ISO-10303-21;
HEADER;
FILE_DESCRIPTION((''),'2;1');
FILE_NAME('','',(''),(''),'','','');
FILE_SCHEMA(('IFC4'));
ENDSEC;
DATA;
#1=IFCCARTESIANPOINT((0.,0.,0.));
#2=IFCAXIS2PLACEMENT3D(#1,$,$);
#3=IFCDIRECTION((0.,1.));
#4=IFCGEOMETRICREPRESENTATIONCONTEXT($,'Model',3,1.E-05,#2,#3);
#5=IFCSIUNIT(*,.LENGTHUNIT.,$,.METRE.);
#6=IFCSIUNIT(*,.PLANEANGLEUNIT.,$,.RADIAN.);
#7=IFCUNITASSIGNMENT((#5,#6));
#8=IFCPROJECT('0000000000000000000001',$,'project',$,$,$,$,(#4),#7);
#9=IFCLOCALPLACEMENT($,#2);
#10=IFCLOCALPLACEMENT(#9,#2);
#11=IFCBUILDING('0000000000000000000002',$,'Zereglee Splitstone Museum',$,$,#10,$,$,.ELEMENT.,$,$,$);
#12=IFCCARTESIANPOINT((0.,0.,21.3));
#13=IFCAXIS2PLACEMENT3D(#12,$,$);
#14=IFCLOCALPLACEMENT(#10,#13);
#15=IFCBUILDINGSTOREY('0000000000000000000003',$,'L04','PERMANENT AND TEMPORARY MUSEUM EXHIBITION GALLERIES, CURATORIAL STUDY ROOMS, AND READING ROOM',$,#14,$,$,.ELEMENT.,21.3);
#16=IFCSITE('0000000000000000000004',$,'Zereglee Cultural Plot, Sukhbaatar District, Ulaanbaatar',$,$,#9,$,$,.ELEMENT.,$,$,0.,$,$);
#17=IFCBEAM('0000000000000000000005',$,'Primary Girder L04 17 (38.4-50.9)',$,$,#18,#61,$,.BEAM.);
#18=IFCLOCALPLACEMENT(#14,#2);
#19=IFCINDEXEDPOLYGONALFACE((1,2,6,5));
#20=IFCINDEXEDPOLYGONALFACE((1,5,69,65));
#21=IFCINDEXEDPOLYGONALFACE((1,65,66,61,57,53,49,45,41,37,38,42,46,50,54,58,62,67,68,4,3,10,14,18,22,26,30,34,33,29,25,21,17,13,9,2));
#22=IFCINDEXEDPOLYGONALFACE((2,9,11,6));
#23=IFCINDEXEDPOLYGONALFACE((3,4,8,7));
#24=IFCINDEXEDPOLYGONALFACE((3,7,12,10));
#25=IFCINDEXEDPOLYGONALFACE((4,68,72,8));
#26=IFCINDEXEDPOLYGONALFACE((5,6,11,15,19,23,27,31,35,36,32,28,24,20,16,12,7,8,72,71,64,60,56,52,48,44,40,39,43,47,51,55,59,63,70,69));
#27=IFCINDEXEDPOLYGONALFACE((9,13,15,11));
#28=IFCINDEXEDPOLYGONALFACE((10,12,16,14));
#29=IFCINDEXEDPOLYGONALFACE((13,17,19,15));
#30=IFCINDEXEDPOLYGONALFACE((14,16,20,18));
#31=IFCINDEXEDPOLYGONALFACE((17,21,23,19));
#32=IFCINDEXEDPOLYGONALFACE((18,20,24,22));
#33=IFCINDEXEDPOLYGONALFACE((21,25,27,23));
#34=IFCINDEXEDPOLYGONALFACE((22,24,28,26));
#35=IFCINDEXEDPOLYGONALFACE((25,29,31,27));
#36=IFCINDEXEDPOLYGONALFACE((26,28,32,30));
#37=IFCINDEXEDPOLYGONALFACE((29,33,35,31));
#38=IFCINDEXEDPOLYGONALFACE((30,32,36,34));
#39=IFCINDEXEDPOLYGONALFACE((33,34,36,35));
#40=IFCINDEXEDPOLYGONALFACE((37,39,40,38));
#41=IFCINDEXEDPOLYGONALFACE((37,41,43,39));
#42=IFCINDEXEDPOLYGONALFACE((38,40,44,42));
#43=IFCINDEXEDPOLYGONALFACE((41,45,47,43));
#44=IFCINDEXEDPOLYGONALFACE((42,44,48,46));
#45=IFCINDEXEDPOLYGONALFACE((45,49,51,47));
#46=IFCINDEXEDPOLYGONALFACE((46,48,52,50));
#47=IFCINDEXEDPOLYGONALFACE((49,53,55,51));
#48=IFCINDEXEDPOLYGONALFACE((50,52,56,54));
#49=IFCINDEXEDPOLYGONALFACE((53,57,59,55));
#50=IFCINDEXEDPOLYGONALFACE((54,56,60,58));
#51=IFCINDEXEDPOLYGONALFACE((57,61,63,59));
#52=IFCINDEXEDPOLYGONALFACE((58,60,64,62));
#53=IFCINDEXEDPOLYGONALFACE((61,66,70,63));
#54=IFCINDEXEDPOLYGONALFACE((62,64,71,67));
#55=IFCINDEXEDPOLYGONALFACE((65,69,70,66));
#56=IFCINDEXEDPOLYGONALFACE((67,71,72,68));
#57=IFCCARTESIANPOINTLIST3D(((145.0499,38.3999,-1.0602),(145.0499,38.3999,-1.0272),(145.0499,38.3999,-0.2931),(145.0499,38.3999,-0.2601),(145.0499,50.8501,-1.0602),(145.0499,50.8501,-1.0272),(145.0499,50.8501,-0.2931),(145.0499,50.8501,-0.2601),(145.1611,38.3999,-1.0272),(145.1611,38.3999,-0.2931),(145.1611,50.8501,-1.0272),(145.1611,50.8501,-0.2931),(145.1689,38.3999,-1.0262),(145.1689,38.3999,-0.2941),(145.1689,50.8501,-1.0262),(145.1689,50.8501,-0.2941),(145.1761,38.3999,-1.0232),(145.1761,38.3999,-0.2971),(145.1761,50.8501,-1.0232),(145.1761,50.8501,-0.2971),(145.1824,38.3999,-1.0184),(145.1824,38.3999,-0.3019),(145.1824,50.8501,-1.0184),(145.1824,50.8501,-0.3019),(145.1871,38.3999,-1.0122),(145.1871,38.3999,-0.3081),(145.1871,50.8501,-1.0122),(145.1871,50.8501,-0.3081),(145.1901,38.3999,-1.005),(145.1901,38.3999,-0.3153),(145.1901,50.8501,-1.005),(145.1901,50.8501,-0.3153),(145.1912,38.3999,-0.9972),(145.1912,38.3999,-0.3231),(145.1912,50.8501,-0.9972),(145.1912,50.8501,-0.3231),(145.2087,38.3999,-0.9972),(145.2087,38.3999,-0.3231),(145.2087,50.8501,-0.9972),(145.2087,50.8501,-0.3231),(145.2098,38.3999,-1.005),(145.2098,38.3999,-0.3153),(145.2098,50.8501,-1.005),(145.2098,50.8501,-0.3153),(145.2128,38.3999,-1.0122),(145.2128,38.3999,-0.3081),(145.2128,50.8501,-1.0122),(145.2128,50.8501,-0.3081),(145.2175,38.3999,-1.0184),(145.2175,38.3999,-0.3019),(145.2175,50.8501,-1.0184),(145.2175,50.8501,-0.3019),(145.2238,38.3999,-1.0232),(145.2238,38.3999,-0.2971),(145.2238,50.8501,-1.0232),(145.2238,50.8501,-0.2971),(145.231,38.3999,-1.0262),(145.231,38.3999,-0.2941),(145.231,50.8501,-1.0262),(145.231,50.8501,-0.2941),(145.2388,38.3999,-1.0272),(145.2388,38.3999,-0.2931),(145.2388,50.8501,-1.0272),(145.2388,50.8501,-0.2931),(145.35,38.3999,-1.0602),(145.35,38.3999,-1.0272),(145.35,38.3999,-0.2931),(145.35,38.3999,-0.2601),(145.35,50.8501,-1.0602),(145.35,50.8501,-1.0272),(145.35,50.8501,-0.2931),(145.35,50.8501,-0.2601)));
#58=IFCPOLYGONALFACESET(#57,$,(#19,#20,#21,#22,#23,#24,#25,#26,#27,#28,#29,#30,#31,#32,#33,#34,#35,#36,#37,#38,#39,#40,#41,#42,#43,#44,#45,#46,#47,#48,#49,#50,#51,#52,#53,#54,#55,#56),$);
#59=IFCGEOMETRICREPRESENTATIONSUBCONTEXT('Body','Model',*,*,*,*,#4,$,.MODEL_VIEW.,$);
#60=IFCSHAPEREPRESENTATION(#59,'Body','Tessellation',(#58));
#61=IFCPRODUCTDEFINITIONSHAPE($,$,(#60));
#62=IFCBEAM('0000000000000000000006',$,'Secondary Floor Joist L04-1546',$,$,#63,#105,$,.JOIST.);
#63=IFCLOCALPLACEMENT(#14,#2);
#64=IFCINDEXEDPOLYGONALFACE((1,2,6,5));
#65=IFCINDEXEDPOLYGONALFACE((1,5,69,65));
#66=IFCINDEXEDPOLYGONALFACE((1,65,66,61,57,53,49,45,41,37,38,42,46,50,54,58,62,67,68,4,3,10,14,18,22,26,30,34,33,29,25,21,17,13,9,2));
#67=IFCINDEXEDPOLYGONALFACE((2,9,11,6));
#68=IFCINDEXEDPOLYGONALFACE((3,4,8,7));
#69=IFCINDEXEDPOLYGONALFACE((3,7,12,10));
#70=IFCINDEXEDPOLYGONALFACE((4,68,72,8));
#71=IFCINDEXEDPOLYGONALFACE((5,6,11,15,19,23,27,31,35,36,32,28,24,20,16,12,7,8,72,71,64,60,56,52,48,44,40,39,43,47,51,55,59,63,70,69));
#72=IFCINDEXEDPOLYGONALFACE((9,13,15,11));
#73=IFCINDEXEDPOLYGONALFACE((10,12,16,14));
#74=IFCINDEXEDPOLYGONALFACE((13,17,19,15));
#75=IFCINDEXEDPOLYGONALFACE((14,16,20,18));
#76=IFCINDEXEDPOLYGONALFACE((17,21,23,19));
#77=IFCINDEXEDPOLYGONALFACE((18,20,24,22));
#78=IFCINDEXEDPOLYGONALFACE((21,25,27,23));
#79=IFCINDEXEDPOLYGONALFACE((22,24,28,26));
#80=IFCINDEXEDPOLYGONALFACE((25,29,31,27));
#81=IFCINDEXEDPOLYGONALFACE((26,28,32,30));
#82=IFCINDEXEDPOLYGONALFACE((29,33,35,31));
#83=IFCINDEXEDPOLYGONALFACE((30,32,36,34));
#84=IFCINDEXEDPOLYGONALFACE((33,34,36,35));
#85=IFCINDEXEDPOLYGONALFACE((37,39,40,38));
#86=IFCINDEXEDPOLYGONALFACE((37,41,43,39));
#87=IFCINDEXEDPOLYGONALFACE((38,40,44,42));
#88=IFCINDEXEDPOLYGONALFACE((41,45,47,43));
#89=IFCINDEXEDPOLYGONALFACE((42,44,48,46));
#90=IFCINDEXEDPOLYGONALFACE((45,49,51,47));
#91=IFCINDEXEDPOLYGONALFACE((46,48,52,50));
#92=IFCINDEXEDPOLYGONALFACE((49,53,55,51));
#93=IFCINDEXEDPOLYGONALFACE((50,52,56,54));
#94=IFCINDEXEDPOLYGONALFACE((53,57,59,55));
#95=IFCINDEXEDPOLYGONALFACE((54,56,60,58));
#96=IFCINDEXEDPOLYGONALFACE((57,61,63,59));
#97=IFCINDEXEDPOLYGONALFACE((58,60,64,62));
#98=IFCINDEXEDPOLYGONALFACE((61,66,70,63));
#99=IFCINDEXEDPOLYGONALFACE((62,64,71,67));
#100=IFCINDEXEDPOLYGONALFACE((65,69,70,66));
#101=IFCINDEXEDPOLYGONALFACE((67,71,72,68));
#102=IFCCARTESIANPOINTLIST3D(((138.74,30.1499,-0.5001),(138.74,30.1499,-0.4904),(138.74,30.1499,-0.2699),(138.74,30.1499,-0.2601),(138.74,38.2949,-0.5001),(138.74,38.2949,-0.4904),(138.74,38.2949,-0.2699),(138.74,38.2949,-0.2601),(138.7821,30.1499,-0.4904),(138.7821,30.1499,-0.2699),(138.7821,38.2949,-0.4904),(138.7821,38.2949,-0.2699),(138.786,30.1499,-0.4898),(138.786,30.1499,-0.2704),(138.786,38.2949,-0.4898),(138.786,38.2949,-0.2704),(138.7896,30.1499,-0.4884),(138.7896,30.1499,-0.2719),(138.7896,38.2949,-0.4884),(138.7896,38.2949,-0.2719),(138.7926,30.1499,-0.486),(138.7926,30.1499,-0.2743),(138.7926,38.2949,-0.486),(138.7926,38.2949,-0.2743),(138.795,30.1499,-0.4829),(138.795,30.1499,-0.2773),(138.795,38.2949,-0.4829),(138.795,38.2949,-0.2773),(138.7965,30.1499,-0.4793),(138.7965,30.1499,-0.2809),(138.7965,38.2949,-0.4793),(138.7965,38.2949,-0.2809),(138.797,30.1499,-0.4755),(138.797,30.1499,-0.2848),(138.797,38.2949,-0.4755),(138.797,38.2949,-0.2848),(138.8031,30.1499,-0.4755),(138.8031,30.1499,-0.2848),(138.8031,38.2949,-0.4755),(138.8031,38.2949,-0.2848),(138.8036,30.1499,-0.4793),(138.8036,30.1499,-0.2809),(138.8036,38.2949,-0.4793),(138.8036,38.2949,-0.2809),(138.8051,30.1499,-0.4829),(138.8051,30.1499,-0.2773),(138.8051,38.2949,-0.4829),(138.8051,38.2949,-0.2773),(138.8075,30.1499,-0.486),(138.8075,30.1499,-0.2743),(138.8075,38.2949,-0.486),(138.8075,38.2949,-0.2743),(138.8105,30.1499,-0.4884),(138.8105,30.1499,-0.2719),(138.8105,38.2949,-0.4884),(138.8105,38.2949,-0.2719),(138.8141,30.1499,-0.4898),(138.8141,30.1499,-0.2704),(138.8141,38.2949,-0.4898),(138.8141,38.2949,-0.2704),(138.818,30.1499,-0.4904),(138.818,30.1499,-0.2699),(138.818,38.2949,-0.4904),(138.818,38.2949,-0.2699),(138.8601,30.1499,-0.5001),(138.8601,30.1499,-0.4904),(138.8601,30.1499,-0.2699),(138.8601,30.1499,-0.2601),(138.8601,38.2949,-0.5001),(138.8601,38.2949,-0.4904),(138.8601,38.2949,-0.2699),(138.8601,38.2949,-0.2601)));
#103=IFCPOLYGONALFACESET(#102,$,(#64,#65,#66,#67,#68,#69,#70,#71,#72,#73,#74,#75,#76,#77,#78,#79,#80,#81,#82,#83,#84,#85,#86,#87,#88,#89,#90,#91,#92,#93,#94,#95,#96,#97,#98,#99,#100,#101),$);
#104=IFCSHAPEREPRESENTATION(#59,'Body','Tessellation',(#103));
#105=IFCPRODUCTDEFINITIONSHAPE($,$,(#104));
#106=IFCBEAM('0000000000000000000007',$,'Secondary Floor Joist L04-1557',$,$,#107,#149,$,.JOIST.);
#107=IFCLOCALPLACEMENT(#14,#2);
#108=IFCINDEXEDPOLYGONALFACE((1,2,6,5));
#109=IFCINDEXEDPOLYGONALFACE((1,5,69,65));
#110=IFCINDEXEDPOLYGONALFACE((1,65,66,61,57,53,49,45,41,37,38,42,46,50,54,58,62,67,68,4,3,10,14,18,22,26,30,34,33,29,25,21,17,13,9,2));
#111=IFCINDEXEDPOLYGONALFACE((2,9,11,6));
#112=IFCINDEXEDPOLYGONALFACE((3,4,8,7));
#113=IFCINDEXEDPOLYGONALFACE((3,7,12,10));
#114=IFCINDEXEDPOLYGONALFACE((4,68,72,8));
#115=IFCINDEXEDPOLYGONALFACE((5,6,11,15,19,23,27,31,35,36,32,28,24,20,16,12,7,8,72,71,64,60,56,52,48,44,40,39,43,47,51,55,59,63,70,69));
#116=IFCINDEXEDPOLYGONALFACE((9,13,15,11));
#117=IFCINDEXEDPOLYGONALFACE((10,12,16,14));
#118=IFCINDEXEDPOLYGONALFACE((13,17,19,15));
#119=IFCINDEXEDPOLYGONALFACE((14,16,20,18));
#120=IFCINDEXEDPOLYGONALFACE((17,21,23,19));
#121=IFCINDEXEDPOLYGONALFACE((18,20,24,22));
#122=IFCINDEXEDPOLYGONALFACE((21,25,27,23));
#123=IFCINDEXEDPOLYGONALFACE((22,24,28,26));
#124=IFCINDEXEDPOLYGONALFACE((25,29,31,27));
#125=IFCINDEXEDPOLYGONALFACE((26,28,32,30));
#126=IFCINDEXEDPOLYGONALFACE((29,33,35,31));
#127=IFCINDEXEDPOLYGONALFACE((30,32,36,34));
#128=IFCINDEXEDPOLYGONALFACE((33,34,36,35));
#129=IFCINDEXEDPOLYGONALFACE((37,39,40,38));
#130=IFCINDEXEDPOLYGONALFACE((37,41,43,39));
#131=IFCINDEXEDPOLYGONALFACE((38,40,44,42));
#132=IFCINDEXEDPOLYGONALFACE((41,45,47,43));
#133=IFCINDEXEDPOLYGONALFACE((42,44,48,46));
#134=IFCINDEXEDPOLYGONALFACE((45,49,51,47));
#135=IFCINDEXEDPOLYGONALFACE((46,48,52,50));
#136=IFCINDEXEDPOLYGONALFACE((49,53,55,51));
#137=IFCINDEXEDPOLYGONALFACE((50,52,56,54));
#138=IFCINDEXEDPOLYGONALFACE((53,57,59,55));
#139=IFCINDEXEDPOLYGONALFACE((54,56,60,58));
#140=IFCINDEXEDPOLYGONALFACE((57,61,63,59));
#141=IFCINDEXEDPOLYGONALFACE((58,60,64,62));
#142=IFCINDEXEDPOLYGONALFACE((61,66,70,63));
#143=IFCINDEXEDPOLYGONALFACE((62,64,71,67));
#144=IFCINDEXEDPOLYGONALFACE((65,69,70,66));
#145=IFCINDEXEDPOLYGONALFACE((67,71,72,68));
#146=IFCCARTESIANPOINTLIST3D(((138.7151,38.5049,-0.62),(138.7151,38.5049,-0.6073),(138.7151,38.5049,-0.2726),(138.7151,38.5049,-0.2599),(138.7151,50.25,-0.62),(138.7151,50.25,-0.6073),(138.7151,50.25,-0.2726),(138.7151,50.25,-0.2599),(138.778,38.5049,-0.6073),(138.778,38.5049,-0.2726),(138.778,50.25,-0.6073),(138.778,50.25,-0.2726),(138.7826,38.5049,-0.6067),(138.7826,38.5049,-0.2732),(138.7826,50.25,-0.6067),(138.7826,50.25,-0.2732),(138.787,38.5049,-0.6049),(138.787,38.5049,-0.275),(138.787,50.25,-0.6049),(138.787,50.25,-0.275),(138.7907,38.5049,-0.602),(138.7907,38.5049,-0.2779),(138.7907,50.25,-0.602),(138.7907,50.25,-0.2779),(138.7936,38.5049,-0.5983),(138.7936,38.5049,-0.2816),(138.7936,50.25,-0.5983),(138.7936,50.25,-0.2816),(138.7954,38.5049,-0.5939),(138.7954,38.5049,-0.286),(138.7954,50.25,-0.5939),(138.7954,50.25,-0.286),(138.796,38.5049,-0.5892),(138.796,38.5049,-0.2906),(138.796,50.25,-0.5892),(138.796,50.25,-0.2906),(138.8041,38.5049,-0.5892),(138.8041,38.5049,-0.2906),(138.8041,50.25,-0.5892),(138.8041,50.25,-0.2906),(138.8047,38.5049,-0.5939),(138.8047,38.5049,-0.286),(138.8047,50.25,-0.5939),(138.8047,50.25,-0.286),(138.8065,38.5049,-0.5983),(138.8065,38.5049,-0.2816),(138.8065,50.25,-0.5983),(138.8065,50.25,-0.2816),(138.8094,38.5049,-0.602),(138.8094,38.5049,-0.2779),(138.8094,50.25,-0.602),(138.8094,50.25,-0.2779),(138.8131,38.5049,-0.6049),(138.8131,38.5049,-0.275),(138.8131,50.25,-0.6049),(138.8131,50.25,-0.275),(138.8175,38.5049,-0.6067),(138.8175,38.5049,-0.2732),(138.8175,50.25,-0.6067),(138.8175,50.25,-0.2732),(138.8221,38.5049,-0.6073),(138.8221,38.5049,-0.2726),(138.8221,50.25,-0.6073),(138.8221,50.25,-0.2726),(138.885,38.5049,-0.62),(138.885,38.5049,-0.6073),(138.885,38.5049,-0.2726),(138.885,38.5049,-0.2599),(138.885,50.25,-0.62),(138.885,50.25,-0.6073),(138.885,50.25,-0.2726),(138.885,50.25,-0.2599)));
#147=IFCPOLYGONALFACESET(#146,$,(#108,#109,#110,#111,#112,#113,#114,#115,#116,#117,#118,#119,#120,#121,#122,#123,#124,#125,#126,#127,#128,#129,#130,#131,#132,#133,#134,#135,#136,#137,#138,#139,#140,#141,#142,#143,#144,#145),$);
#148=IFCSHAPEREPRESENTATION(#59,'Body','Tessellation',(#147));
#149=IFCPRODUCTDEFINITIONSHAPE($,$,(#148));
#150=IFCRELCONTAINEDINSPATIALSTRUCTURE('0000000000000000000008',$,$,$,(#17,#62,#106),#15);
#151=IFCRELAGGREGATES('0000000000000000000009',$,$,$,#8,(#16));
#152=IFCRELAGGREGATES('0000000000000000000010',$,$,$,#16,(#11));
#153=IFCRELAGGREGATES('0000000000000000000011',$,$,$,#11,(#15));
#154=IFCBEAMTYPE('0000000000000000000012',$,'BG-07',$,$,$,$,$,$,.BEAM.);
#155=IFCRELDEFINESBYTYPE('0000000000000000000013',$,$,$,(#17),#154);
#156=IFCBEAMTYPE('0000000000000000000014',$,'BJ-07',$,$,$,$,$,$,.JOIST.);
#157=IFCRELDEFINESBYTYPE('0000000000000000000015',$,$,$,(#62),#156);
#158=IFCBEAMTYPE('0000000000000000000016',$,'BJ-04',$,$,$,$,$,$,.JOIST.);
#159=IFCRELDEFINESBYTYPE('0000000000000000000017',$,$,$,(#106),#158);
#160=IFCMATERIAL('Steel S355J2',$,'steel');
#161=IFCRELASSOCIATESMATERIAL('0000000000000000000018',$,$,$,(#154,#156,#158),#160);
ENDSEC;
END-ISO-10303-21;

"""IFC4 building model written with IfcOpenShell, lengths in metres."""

from ifc_helpers import new_model, si_unit, direction, frame, origin, origin_2d, place, context, subcontext, project, spatial, i_section, extrude, material, material_profile, profile_set, type_object, element, save


model = new_model("IFC4")

# Units and contexts
model_context = context("Model", 3, precision=1e-05, world=origin(), true_north=direction((0.0, 1.0)))
body_context = subcontext(model_context, "Body", "Model", "MODEL_VIEW")
ifc_project = project(units=[si_unit("LENGTHUNIT", "METRE"), si_unit("PLANEANGLEUNIT", "RADIAN")], contexts=[model_context])

# Site, building, storey
site_placement = place(None, origin())
site = spatial("IfcSite", under=ifc_project, at=site_placement, Name="Zereglee Cultural Plot, Sukhbaatar District, Ulaanbaatar", CompositionType="ELEMENT", RefElevation=0.0)
building_placement = place(site_placement, origin())
building = spatial("IfcBuilding", under=site, at=building_placement, Name="Zereglee Splitstone Museum", CompositionType="ELEMENT")
storey_placement = place(building_placement, frame((0.0, 0.0, 21.3)))
storey = spatial("IfcBuildingStorey", under=building, at=storey_placement, Name="L04", Description="PERMANENT AND TEMPORARY MUSEUM EXHIBITION GALLERIES, CURATORIAL STUDY ROOMS, AND READING ROOM", CompositionType="ELEMENT", Elevation=21.3)

# Shared definitions
ifc_material_1 = material(Name="Steel S355J2", Category="steel")

# Beams
ifc_material_profile_1 = material_profile(ifc_material_1, i_section(OverallWidth=0.3, OverallDepth=0.8, WebThickness=0.0176, FlangeThickness=0.033, FilletRadius=0.03, at=origin_2d()), Name="HE 800 B")
ifc_profile_set_1 = profile_set([ifc_material_profile_1], Name="Steel S355J2")
beam_type_1 = type_object("IfcBeamType", Name="BG-07", PredefinedType="BEAM", material=ifc_profile_set_1)
beam_1_placement = place(storey_placement, frame((145.2, 38.3999, -0.6602), z_axis=(0.0, 1.0, 0.0), x_axis=(-1.0, 0.0, 0.0)))
element("IfcBeam", 1, at=beam_1_placement, inside=storey, type_object=beam_type_1, Name="Primary Girder L04 17 (38.4-50.9)", PredefinedType="BEAM", context=body_context, shape_type="SweptSolid", body=[
    extrude(i_section(OverallWidth=0.3, OverallDepth=0.8, WebThickness=0.0176, FlangeThickness=0.033, FilletRadius=0.03, at=origin_2d()), origin(), (0.0, 0.0, 1.0), 12.4502),
])
ifc_material_profile_2 = material_profile(ifc_material_1, i_section(OverallWidth=0.1201, OverallDepth=0.24, WebThickness=0.0061, FlangeThickness=0.0098, FilletRadius=0.0149, at=origin_2d()), Name="IPE 240")
ifc_profile_set_2 = profile_set([ifc_material_profile_2], Name="Steel S355J2")
beam_type_2 = type_object("IfcBeamType", Name="BJ-07", PredefinedType="JOIST", material=ifc_profile_set_2)
beam_2_placement = place(storey_placement, frame((138.8, 30.1499, -0.3801), z_axis=(0.0, 1.0, 0.0), x_axis=(-1.0, 0.0, 0.0)))
element("IfcBeam", 2, at=beam_2_placement, inside=storey, type_object=beam_type_2, Name="Secondary Floor Joist L04-1546", PredefinedType="JOIST", context=body_context, shape_type="SweptSolid", body=[
    extrude(i_section(OverallWidth=0.1201, OverallDepth=0.24, WebThickness=0.0061, FlangeThickness=0.0098, FilletRadius=0.0149, at=origin_2d()), origin(), (0.0, 0.0, 1.0), 8.145),
])
ifc_material_profile_3 = material_profile(ifc_material_1, i_section(OverallWidth=0.1699, OverallDepth=0.3601, WebThickness=0.0081, FlangeThickness=0.0127, FilletRadius=0.0181, at=origin_2d()), Name="IPE 360")
ifc_profile_set_3 = profile_set([ifc_material_profile_3], Name="Steel S355J2")
beam_type_3 = type_object("IfcBeamType", Name="BJ-04", PredefinedType="JOIST", material=ifc_profile_set_3)
beam_3_placement = place(storey_placement, frame((138.8, 38.5049, -0.4399), z_axis=(0.0, 1.0, 0.0), x_axis=(-1.0, 0.0, 0.0)))
element("IfcBeam", 3, at=beam_3_placement, inside=storey, type_object=beam_type_3, Name="Secondary Floor Joist L04-1557", PredefinedType="JOIST", context=body_context, shape_type="SweptSolid", body=[
    extrude(i_section(OverallWidth=0.1699, OverallDepth=0.3601, WebThickness=0.0081, FlangeThickness=0.0127, FilletRadius=0.0181, at=origin_2d()), origin(), (0.0, 0.0, 1.0), 11.7451),
])

save(model, "model.ifc")
